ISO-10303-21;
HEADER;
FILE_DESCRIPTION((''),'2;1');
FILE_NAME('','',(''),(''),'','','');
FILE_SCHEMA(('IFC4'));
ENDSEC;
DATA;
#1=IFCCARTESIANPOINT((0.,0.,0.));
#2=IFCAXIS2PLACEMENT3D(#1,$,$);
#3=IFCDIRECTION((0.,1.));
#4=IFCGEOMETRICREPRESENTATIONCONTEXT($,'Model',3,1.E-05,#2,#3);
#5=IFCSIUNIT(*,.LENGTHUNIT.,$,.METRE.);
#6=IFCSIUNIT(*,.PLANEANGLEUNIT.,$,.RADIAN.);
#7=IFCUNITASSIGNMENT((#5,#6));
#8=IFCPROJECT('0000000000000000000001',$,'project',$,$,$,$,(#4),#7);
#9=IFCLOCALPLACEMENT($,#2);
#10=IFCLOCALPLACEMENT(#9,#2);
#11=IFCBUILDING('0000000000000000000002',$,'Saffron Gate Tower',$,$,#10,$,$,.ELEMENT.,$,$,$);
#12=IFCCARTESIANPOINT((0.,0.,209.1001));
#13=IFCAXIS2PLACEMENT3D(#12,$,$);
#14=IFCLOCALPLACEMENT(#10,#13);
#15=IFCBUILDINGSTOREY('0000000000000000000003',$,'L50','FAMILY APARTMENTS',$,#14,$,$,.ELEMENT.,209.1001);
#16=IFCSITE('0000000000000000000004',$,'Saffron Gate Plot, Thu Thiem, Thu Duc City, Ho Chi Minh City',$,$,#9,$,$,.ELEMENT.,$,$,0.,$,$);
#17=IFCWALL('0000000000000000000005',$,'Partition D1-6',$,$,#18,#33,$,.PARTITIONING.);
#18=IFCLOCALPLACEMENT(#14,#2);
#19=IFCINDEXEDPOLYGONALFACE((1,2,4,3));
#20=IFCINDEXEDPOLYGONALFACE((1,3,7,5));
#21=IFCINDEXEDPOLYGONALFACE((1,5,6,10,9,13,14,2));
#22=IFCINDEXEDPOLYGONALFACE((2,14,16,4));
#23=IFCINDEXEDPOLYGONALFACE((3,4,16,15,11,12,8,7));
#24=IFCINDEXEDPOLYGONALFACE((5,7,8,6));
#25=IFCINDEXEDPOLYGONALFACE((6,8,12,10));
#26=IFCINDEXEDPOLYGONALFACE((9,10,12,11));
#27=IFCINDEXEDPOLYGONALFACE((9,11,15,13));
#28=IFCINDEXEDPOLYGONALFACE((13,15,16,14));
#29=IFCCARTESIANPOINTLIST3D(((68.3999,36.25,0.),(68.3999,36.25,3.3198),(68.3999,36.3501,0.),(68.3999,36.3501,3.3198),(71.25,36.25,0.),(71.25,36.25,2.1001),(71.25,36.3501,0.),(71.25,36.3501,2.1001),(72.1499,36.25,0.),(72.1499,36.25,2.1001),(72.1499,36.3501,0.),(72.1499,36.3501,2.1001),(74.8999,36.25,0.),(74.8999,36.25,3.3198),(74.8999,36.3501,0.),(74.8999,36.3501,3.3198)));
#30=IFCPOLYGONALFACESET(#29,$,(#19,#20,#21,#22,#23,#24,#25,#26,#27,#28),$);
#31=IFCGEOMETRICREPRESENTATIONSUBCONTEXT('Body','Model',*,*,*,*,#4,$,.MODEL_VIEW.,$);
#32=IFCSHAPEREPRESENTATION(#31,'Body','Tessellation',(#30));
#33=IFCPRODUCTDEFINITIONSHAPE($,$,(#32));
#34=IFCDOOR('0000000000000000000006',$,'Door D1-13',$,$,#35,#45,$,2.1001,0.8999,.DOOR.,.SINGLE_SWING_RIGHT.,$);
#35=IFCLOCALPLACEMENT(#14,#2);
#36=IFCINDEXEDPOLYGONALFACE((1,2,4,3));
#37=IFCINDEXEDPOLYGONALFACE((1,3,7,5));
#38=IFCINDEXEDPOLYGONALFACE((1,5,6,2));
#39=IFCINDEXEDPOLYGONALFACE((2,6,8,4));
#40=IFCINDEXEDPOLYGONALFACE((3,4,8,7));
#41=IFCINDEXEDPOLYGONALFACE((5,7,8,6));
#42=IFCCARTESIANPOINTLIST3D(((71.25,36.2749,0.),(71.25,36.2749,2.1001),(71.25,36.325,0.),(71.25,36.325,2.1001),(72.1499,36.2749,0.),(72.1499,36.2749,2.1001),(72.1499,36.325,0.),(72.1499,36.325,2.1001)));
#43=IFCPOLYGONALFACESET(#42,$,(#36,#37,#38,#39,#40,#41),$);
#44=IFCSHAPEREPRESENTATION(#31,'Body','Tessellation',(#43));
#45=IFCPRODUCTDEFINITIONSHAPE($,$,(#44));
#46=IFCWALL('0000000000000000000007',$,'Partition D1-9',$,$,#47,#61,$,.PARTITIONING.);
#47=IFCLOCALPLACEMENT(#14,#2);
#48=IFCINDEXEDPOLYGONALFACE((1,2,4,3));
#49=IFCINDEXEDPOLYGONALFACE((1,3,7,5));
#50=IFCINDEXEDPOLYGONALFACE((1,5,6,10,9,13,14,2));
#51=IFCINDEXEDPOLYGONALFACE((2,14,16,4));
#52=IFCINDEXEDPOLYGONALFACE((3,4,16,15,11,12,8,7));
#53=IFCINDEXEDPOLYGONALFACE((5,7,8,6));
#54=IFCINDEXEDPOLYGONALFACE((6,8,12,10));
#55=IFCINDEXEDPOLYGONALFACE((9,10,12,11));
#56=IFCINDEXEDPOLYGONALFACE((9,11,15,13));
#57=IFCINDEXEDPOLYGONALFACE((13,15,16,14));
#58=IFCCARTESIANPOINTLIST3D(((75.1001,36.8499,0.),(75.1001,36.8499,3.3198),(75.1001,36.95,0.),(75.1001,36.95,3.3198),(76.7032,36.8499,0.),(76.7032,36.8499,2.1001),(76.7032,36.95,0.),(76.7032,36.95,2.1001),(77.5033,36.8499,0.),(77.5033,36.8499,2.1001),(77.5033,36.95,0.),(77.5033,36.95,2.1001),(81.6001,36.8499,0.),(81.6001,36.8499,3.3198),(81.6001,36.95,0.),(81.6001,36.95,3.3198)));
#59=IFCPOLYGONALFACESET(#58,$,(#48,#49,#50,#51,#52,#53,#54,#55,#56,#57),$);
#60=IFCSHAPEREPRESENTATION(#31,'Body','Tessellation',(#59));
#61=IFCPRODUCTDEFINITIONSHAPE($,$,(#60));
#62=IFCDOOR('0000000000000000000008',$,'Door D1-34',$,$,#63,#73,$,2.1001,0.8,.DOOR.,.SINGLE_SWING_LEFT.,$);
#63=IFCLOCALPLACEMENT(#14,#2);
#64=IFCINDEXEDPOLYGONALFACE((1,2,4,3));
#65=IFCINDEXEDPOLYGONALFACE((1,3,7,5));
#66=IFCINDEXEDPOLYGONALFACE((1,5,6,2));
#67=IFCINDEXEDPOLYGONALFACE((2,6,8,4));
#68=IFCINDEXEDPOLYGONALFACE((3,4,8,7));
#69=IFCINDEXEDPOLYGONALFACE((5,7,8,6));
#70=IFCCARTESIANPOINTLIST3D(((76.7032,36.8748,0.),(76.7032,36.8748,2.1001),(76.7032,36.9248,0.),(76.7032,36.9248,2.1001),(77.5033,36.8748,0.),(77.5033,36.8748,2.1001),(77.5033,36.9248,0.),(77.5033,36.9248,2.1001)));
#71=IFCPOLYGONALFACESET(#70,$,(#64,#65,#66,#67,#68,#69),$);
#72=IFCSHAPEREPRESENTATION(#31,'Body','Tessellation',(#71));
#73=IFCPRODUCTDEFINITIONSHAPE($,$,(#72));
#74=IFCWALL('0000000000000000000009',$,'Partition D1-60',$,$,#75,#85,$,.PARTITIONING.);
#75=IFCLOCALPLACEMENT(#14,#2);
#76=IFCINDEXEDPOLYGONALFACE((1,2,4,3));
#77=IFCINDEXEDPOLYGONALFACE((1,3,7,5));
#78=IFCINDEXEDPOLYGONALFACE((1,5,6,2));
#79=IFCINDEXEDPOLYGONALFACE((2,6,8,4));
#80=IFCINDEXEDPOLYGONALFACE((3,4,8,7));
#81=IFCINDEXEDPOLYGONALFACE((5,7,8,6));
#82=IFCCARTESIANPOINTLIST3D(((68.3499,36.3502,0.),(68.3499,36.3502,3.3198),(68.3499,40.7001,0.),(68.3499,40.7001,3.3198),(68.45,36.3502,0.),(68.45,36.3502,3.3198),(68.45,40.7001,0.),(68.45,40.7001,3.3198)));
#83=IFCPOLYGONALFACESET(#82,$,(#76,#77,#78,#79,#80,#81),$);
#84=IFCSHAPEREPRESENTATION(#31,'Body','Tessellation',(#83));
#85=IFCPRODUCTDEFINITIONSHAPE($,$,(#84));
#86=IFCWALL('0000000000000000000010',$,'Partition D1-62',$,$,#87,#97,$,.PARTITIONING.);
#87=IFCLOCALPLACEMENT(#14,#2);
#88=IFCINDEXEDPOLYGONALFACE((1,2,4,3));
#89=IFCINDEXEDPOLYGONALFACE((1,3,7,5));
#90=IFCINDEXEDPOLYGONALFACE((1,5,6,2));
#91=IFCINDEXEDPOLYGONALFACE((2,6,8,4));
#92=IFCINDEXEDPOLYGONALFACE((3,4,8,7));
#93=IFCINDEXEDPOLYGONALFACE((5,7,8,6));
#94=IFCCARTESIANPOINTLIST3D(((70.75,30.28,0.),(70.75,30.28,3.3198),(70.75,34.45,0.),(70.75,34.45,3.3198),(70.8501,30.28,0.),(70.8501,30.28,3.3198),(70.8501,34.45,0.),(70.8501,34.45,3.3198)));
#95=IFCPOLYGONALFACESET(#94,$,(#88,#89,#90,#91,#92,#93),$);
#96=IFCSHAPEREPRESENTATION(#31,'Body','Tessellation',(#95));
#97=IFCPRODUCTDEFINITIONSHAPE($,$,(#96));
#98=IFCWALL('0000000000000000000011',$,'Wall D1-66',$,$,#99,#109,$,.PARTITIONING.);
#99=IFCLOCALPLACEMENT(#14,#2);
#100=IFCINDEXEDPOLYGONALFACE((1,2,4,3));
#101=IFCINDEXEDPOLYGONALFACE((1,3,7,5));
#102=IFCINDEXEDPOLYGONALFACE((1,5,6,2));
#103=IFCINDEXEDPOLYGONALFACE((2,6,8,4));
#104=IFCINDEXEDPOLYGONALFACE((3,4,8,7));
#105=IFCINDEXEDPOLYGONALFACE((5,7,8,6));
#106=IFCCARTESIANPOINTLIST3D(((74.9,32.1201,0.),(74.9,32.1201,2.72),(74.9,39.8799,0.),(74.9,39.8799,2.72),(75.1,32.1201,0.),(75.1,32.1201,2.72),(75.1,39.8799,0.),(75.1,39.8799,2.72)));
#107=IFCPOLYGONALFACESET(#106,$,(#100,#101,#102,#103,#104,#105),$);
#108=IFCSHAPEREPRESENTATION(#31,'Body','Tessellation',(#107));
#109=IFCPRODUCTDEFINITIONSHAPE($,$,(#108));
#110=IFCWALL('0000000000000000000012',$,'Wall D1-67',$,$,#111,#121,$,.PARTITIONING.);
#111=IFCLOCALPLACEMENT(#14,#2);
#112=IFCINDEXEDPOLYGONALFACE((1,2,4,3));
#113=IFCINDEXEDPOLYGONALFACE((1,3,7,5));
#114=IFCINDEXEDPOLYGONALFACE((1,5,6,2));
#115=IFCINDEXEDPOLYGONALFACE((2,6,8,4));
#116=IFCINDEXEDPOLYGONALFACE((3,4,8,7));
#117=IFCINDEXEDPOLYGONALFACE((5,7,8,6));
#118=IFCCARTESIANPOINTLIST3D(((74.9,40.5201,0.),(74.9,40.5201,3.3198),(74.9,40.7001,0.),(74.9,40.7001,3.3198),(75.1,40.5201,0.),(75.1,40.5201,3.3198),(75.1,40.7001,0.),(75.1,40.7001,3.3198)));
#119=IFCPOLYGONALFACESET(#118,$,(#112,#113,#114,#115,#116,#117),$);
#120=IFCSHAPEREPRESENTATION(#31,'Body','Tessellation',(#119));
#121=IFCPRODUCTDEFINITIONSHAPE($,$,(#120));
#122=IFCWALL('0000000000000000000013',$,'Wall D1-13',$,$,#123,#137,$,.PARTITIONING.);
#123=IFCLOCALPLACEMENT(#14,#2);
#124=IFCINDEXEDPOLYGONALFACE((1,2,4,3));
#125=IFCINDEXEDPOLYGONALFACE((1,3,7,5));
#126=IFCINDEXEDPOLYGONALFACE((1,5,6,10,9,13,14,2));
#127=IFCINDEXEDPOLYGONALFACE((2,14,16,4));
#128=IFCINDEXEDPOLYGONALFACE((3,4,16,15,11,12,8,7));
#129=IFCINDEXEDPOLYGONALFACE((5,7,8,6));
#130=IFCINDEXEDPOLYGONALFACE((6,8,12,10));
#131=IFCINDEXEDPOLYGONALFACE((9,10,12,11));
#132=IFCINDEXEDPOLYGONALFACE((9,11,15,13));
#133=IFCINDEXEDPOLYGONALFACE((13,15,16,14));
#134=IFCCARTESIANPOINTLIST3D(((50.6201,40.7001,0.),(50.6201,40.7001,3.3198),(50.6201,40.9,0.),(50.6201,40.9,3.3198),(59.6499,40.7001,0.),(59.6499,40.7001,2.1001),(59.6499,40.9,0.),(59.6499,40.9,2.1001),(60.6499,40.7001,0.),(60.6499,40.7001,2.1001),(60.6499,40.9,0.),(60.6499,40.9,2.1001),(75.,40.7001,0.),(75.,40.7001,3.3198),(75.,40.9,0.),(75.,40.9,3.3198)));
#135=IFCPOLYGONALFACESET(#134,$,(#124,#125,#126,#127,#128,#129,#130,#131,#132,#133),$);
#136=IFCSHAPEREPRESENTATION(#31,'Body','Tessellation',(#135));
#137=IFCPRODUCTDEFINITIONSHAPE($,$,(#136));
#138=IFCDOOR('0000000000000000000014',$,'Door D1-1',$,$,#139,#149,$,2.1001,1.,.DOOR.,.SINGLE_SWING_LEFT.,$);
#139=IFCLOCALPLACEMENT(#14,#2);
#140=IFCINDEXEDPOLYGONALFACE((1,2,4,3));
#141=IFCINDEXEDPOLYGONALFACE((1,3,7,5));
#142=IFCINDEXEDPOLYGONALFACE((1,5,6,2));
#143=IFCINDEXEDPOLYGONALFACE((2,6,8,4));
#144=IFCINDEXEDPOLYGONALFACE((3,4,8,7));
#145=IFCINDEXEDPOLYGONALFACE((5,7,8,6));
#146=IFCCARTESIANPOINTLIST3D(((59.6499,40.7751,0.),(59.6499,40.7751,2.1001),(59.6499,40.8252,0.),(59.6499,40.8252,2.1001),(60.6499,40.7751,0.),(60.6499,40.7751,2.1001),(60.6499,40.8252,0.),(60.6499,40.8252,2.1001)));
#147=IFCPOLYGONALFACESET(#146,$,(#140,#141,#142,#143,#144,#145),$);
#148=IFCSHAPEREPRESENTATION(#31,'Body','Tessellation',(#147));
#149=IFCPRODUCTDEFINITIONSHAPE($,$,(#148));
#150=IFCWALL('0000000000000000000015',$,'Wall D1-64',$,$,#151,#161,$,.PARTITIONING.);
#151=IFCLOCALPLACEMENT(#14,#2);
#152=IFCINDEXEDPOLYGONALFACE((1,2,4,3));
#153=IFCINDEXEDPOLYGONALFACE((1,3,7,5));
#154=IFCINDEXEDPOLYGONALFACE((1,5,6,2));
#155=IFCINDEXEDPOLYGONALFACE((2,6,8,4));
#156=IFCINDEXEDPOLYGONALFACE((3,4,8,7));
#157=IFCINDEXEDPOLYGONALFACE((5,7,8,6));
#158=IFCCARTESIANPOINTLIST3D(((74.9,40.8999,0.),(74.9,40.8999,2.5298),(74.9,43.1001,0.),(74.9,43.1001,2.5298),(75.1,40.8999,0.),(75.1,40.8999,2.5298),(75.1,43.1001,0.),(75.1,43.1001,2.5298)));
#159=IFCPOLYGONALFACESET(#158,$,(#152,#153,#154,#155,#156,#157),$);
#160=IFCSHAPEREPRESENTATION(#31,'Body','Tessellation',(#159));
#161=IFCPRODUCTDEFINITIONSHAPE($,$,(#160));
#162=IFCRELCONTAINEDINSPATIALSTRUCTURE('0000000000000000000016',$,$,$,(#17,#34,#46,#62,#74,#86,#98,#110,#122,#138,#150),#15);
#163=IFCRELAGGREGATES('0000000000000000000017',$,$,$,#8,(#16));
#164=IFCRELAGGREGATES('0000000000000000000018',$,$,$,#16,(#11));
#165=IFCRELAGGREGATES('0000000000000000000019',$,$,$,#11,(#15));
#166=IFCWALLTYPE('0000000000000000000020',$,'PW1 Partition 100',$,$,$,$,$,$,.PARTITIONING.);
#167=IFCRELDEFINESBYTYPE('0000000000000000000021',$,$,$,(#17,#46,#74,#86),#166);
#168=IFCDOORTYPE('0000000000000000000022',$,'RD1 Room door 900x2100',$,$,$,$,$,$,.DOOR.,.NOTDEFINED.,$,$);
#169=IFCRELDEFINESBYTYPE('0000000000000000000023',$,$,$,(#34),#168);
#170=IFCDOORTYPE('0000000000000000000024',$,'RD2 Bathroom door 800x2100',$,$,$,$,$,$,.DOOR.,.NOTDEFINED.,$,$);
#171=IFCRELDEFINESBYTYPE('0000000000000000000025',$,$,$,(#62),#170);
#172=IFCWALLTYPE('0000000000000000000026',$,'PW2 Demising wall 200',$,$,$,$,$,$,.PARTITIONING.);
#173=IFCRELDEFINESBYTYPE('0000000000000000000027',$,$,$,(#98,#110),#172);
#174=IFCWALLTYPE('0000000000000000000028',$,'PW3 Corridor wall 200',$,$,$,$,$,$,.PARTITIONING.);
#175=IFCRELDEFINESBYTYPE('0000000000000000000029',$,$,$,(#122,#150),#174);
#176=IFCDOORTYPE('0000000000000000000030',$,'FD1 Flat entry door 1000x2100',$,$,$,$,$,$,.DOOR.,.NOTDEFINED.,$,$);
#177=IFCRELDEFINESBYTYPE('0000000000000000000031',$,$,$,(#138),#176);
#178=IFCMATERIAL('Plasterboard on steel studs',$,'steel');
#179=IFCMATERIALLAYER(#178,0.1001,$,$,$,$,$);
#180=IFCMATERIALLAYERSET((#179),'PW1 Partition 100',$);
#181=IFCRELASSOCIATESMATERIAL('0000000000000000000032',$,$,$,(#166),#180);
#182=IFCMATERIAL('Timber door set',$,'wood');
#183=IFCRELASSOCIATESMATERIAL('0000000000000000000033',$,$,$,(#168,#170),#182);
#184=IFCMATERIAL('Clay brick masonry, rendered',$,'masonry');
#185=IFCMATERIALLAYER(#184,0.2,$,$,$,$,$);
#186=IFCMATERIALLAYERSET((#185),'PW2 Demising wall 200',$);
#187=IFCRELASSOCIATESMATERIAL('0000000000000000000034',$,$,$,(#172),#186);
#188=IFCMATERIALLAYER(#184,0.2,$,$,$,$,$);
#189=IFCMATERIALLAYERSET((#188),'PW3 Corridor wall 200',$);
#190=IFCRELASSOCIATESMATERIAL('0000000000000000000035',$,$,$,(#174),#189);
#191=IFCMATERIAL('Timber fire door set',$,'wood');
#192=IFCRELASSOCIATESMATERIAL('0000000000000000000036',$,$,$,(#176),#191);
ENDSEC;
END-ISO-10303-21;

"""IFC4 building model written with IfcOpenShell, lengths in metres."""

from ifc_helpers import new_model, si_unit, direction, frame, frame_2d, origin, place, context, subcontext, project, spatial, rectangle, extrude, material, layer, layer_set, type_object, element, fill, save


model = new_model("IFC4")

# Units and contexts
model_context = context("Model", 3, precision=1e-05, world=origin(), true_north=direction((0.0, 1.0)))
body_context = subcontext(model_context, "Body", "Model", "MODEL_VIEW")
ifc_project = project(units=[si_unit("LENGTHUNIT", "METRE"), si_unit("PLANEANGLEUNIT", "RADIAN")], contexts=[model_context])

# Site, building, storey
site_placement = place(None, origin())
site = spatial("IfcSite", under=ifc_project, at=site_placement, Name="Saffron Gate Plot, Thu Thiem, Thu Duc City, Ho Chi Minh City", CompositionType="ELEMENT", RefElevation=0.0)
building_placement = place(site_placement, origin())
building = spatial("IfcBuilding", under=site, at=building_placement, Name="Saffron Gate Tower", CompositionType="ELEMENT")
storey_placement = place(building_placement, frame((0.0, 0.0, 209.1001)))
storey = spatial("IfcBuildingStorey", under=building, at=storey_placement, Name="L50", Description="FAMILY APARTMENTS", CompositionType="ELEMENT", Elevation=209.1001)

# Shared definitions
ifc_material_1 = material(Name="Plasterboard on steel studs", Category="steel")
ifc_layer_1 = layer(ifc_material_1, 0.1001)
ifc_layer_set_1 = layer_set([ifc_layer_1], Name="PW1 Partition 100")
wall_type_1 = type_object("IfcWallType", Name="PW1 Partition 100", PredefinedType="PARTITIONING", material=ifc_layer_set_1)
ifc_material_2 = material(Name="Timber door set", Category="wood")
door_type_1 = type_object("IfcDoorType", Name="RD1 Room door 900x2100", OperationType="NOTDEFINED", PredefinedType="DOOR", material=ifc_material_2)

# Walls, openings, doors
wall_1_placement = place(storey_placement, frame((68.3999, 36.3, 0.0), z_axis=(0.0, 0.0, 1.0), x_axis=(1.0, 0.0, 0.0)))
wall_1 = element("IfcWall", 1, at=wall_1_placement, inside=storey, type_object=wall_type_1, Name="Partition D1-6", PredefinedType="PARTITIONING", context=body_context, shape_type="SweptSolid", body=[
    extrude(rectangle(XDim=6.5, YDim=0.1001, at=frame_2d((3.25, 0.0))), origin(), (0.0, 0.0, 1.0), 3.3198),
])
opening_1_placement = place(wall_1_placement, frame((2.8501, 0.0, 0.0)))
opening_1 = element("IfcOpeningElement", 2, at=opening_1_placement, cuts=wall_1, PredefinedType="OPENING", context=body_context, shape_type="SweptSolid", body=[
    extrude(rectangle(XDim=0.8999, YDim=2.1001, at=frame_2d((0.45, 1.05))), frame((0.0, 0.0601, 0.0), z_axis=(0.0, -1.0, 0.0), x_axis=(1.0, 0.0, 0.0)), (0.0, 0.0, 1.0), 0.1201),
])
door_1_placement = place(opening_1_placement, origin())
door_1 = element("IfcDoor", 3, at=door_1_placement, inside=storey, type_object=door_type_1, Name="Door D1-13", OperationType="SINGLE_SWING_RIGHT", OverallHeight=2.1001, OverallWidth=0.8999, PredefinedType="DOOR", context=body_context, shape_type="SweptSolid", body=[
    extrude(rectangle(XDim=0.8999, YDim=2.1001, at=frame_2d((0.45, 1.05))), frame((0.0, 0.0249, 0.0), z_axis=(0.0, -1.0, 0.0), x_axis=(1.0, 0.0, 0.0)), (0.0, 0.0, 1.0), 0.05),
])
fill(opening_1, door_1)
wall_2_placement = place(storey_placement, frame((75.1001, 36.8999, 0.0), z_axis=(0.0, 0.0, 1.0), x_axis=(1.0, 0.0, 0.0)))
wall_2 = element("IfcWall", 4, at=wall_2_placement, inside=storey, type_object=wall_type_1, Name="Partition D1-9", PredefinedType="PARTITIONING", context=body_context, shape_type="SweptSolid", body=[
    extrude(rectangle(XDim=6.5, YDim=0.1001, at=frame_2d((3.25, 0.0))), origin(), (0.0, 0.0, 1.0), 3.3198),
])
opening_2_placement = place(wall_2_placement, frame((1.6033, 0.0, 0.0)))
opening_2 = element("IfcOpeningElement", 5, at=opening_2_placement, cuts=wall_2, PredefinedType="OPENING", context=body_context, shape_type="SweptSolid", body=[
    extrude(rectangle(XDim=0.8, YDim=2.1001, at=frame_2d((0.3999, 1.05))), frame((0.0, 0.0601, 0.0), z_axis=(0.0, -1.0, 0.0), x_axis=(1.0, 0.0, 0.0)), (0.0, 0.0, 1.0), 0.1201),
])
door_type_2 = type_object("IfcDoorType", Name="RD2 Bathroom door 800x2100", OperationType="NOTDEFINED", PredefinedType="DOOR", material=ifc_material_2)
door_2_placement = place(opening_2_placement, origin())
door_2 = element("IfcDoor", 6, at=door_2_placement, inside=storey, type_object=door_type_2, Name="Door D1-34", OperationType="SINGLE_SWING_LEFT", OverallHeight=2.1001, OverallWidth=0.8, PredefinedType="DOOR", context=body_context, shape_type="SweptSolid", body=[
    extrude(rectangle(XDim=0.8, YDim=2.1001, at=frame_2d((0.3999, 1.05))), frame((0.0, 0.0249, 0.0), z_axis=(0.0, -1.0, 0.0), x_axis=(1.0, 0.0, 0.0)), (0.0, 0.0, 1.0), 0.05),
])
fill(opening_2, door_2)

# Walls
wall_3_placement = place(storey_placement, frame((68.3999, 40.7, 0.0), z_axis=(0.0, 0.0, 1.0), x_axis=(0.0, -1.0, 0.0)))
element("IfcWall", 7, at=wall_3_placement, inside=storey, type_object=wall_type_1, Name="Partition D1-60", PredefinedType="PARTITIONING", context=body_context, shape_type="SweptSolid", body=[
    extrude(rectangle(XDim=4.3499, YDim=0.1001, at=frame_2d((2.1748, 0.0))), origin(), (0.0, 0.0, 1.0), 3.3198),
])
wall_4_placement = place(storey_placement, frame((70.8, 34.45, 0.0), z_axis=(0.0, 0.0, 1.0), x_axis=(0.0, -1.0, 0.0)))
element("IfcWall", 8, at=wall_4_placement, inside=storey, type_object=wall_type_1, Name="Partition D1-62", PredefinedType="PARTITIONING", context=body_context, shape_type="SweptSolid", body=[
    extrude(rectangle(XDim=4.1699, YDim=0.1001, at=frame_2d((2.085, 0.0))), origin(), (0.0, 0.0, 1.0), 3.3198),
])
ifc_material_3 = material(Name="Clay brick masonry, rendered", Category="masonry")
ifc_layer_2 = layer(ifc_material_3, 0.2)
ifc_layer_set_2 = layer_set([ifc_layer_2], Name="PW2 Demising wall 200")
wall_type_2 = type_object("IfcWallType", Name="PW2 Demising wall 200", PredefinedType="PARTITIONING", material=ifc_layer_set_2)
wall_5_placement = place(storey_placement, frame((75.0, 39.8799, 0.0), z_axis=(0.0, 0.0, 1.0), x_axis=(0.0, -1.0, 0.0)))
element("IfcWall", 9, at=wall_5_placement, inside=storey, type_object=wall_type_2, Name="Wall D1-66", PredefinedType="PARTITIONING", context=body_context, shape_type="SweptSolid", body=[
    extrude(rectangle(XDim=7.7598, YDim=0.2, at=frame_2d((3.8799, 0.0))), origin(), (0.0, 0.0, 1.0), 2.72),
])
wall_6_placement = place(storey_placement, frame((75.0, 40.7, 0.0), z_axis=(0.0, 0.0, 1.0), x_axis=(0.0, -1.0, 0.0)))
element("IfcWall", 10, at=wall_6_placement, inside=storey, type_object=wall_type_2, Name="Wall D1-67", PredefinedType="PARTITIONING", context=body_context, shape_type="SweptSolid", body=[
    extrude(rectangle(XDim=0.1799, YDim=0.2, at=frame_2d((0.0898, 0.0))), origin(), (0.0, 0.0, 1.0), 3.3198),
])

# Wall, opening, door
ifc_layer_3 = layer(ifc_material_3, 0.2)
ifc_layer_set_3 = layer_set([ifc_layer_3], Name="PW3 Corridor wall 200")
wall_type_3 = type_object("IfcWallType", Name="PW3 Corridor wall 200", PredefinedType="PARTITIONING", material=ifc_layer_set_3)
wall_7_placement = place(storey_placement, frame((75.0, 40.8, 0.0), z_axis=(0.0, 0.0, 1.0), x_axis=(-1.0, 0.0, 0.0)))
wall_7 = element("IfcWall", 11, at=wall_7_placement, inside=storey, type_object=wall_type_3, Name="Wall D1-13", PredefinedType="PARTITIONING", context=body_context, shape_type="SweptSolid", body=[
    extrude(rectangle(XDim=24.3799, YDim=0.2, at=frame_2d((12.1899, 0.0))), origin(), (0.0, 0.0, 1.0), 3.3198),
])
opening_3_placement = place(wall_7_placement, frame((14.3501, 0.0, 0.0)))
opening_3 = element("IfcOpeningElement", 12, at=opening_3_placement, cuts=wall_7, PredefinedType="OPENING", context=body_context, shape_type="SweptSolid", body=[
    extrude(rectangle(XDim=1.0, YDim=2.1001, at=frame_2d((0.5, 1.05))), frame((0.0, 0.1099, 0.0), z_axis=(0.0, -1.0, 0.0), x_axis=(1.0, 0.0, 0.0)), (0.0, 0.0, 1.0), 0.22),
])
ifc_material_4 = material(Name="Timber fire door set", Category="wood")
door_type_3 = type_object("IfcDoorType", Name="FD1 Flat entry door 1000x2100", OperationType="NOTDEFINED", PredefinedType="DOOR", material=ifc_material_4)
door_3_placement = place(opening_3_placement, origin())
door_3 = element("IfcDoor", 13, at=door_3_placement, inside=storey, type_object=door_type_3, Name="Door D1-1", OperationType="SINGLE_SWING_LEFT", OverallHeight=2.1001, OverallWidth=1.0, PredefinedType="DOOR", context=body_context, shape_type="SweptSolid", body=[
    extrude(rectangle(XDim=1.0, YDim=2.1001, at=frame_2d((0.5, 1.05))), frame((0.0, 0.0249, 0.0), z_axis=(0.0, -1.0, 0.0), x_axis=(1.0, 0.0, 0.0)), (0.0, 0.0, 1.0), 0.05),
])
fill(opening_3, door_3)

# Wall
wall_8_placement = place(storey_placement, frame((75.0, 43.1001, 0.0), z_axis=(0.0, 0.0, 1.0), x_axis=(0.0, -1.0, 0.0)))
element("IfcWall", 14, at=wall_8_placement, inside=storey, type_object=wall_type_3, Name="Wall D1-64", PredefinedType="PARTITIONING", context=body_context, shape_type="SweptSolid", body=[
    extrude(rectangle(XDim=2.2002, YDim=0.2, at=frame_2d((1.1001, 0.0))), origin(), (0.0, 0.0, 1.0), 2.5298),
])

save(model, "model.ifc")
